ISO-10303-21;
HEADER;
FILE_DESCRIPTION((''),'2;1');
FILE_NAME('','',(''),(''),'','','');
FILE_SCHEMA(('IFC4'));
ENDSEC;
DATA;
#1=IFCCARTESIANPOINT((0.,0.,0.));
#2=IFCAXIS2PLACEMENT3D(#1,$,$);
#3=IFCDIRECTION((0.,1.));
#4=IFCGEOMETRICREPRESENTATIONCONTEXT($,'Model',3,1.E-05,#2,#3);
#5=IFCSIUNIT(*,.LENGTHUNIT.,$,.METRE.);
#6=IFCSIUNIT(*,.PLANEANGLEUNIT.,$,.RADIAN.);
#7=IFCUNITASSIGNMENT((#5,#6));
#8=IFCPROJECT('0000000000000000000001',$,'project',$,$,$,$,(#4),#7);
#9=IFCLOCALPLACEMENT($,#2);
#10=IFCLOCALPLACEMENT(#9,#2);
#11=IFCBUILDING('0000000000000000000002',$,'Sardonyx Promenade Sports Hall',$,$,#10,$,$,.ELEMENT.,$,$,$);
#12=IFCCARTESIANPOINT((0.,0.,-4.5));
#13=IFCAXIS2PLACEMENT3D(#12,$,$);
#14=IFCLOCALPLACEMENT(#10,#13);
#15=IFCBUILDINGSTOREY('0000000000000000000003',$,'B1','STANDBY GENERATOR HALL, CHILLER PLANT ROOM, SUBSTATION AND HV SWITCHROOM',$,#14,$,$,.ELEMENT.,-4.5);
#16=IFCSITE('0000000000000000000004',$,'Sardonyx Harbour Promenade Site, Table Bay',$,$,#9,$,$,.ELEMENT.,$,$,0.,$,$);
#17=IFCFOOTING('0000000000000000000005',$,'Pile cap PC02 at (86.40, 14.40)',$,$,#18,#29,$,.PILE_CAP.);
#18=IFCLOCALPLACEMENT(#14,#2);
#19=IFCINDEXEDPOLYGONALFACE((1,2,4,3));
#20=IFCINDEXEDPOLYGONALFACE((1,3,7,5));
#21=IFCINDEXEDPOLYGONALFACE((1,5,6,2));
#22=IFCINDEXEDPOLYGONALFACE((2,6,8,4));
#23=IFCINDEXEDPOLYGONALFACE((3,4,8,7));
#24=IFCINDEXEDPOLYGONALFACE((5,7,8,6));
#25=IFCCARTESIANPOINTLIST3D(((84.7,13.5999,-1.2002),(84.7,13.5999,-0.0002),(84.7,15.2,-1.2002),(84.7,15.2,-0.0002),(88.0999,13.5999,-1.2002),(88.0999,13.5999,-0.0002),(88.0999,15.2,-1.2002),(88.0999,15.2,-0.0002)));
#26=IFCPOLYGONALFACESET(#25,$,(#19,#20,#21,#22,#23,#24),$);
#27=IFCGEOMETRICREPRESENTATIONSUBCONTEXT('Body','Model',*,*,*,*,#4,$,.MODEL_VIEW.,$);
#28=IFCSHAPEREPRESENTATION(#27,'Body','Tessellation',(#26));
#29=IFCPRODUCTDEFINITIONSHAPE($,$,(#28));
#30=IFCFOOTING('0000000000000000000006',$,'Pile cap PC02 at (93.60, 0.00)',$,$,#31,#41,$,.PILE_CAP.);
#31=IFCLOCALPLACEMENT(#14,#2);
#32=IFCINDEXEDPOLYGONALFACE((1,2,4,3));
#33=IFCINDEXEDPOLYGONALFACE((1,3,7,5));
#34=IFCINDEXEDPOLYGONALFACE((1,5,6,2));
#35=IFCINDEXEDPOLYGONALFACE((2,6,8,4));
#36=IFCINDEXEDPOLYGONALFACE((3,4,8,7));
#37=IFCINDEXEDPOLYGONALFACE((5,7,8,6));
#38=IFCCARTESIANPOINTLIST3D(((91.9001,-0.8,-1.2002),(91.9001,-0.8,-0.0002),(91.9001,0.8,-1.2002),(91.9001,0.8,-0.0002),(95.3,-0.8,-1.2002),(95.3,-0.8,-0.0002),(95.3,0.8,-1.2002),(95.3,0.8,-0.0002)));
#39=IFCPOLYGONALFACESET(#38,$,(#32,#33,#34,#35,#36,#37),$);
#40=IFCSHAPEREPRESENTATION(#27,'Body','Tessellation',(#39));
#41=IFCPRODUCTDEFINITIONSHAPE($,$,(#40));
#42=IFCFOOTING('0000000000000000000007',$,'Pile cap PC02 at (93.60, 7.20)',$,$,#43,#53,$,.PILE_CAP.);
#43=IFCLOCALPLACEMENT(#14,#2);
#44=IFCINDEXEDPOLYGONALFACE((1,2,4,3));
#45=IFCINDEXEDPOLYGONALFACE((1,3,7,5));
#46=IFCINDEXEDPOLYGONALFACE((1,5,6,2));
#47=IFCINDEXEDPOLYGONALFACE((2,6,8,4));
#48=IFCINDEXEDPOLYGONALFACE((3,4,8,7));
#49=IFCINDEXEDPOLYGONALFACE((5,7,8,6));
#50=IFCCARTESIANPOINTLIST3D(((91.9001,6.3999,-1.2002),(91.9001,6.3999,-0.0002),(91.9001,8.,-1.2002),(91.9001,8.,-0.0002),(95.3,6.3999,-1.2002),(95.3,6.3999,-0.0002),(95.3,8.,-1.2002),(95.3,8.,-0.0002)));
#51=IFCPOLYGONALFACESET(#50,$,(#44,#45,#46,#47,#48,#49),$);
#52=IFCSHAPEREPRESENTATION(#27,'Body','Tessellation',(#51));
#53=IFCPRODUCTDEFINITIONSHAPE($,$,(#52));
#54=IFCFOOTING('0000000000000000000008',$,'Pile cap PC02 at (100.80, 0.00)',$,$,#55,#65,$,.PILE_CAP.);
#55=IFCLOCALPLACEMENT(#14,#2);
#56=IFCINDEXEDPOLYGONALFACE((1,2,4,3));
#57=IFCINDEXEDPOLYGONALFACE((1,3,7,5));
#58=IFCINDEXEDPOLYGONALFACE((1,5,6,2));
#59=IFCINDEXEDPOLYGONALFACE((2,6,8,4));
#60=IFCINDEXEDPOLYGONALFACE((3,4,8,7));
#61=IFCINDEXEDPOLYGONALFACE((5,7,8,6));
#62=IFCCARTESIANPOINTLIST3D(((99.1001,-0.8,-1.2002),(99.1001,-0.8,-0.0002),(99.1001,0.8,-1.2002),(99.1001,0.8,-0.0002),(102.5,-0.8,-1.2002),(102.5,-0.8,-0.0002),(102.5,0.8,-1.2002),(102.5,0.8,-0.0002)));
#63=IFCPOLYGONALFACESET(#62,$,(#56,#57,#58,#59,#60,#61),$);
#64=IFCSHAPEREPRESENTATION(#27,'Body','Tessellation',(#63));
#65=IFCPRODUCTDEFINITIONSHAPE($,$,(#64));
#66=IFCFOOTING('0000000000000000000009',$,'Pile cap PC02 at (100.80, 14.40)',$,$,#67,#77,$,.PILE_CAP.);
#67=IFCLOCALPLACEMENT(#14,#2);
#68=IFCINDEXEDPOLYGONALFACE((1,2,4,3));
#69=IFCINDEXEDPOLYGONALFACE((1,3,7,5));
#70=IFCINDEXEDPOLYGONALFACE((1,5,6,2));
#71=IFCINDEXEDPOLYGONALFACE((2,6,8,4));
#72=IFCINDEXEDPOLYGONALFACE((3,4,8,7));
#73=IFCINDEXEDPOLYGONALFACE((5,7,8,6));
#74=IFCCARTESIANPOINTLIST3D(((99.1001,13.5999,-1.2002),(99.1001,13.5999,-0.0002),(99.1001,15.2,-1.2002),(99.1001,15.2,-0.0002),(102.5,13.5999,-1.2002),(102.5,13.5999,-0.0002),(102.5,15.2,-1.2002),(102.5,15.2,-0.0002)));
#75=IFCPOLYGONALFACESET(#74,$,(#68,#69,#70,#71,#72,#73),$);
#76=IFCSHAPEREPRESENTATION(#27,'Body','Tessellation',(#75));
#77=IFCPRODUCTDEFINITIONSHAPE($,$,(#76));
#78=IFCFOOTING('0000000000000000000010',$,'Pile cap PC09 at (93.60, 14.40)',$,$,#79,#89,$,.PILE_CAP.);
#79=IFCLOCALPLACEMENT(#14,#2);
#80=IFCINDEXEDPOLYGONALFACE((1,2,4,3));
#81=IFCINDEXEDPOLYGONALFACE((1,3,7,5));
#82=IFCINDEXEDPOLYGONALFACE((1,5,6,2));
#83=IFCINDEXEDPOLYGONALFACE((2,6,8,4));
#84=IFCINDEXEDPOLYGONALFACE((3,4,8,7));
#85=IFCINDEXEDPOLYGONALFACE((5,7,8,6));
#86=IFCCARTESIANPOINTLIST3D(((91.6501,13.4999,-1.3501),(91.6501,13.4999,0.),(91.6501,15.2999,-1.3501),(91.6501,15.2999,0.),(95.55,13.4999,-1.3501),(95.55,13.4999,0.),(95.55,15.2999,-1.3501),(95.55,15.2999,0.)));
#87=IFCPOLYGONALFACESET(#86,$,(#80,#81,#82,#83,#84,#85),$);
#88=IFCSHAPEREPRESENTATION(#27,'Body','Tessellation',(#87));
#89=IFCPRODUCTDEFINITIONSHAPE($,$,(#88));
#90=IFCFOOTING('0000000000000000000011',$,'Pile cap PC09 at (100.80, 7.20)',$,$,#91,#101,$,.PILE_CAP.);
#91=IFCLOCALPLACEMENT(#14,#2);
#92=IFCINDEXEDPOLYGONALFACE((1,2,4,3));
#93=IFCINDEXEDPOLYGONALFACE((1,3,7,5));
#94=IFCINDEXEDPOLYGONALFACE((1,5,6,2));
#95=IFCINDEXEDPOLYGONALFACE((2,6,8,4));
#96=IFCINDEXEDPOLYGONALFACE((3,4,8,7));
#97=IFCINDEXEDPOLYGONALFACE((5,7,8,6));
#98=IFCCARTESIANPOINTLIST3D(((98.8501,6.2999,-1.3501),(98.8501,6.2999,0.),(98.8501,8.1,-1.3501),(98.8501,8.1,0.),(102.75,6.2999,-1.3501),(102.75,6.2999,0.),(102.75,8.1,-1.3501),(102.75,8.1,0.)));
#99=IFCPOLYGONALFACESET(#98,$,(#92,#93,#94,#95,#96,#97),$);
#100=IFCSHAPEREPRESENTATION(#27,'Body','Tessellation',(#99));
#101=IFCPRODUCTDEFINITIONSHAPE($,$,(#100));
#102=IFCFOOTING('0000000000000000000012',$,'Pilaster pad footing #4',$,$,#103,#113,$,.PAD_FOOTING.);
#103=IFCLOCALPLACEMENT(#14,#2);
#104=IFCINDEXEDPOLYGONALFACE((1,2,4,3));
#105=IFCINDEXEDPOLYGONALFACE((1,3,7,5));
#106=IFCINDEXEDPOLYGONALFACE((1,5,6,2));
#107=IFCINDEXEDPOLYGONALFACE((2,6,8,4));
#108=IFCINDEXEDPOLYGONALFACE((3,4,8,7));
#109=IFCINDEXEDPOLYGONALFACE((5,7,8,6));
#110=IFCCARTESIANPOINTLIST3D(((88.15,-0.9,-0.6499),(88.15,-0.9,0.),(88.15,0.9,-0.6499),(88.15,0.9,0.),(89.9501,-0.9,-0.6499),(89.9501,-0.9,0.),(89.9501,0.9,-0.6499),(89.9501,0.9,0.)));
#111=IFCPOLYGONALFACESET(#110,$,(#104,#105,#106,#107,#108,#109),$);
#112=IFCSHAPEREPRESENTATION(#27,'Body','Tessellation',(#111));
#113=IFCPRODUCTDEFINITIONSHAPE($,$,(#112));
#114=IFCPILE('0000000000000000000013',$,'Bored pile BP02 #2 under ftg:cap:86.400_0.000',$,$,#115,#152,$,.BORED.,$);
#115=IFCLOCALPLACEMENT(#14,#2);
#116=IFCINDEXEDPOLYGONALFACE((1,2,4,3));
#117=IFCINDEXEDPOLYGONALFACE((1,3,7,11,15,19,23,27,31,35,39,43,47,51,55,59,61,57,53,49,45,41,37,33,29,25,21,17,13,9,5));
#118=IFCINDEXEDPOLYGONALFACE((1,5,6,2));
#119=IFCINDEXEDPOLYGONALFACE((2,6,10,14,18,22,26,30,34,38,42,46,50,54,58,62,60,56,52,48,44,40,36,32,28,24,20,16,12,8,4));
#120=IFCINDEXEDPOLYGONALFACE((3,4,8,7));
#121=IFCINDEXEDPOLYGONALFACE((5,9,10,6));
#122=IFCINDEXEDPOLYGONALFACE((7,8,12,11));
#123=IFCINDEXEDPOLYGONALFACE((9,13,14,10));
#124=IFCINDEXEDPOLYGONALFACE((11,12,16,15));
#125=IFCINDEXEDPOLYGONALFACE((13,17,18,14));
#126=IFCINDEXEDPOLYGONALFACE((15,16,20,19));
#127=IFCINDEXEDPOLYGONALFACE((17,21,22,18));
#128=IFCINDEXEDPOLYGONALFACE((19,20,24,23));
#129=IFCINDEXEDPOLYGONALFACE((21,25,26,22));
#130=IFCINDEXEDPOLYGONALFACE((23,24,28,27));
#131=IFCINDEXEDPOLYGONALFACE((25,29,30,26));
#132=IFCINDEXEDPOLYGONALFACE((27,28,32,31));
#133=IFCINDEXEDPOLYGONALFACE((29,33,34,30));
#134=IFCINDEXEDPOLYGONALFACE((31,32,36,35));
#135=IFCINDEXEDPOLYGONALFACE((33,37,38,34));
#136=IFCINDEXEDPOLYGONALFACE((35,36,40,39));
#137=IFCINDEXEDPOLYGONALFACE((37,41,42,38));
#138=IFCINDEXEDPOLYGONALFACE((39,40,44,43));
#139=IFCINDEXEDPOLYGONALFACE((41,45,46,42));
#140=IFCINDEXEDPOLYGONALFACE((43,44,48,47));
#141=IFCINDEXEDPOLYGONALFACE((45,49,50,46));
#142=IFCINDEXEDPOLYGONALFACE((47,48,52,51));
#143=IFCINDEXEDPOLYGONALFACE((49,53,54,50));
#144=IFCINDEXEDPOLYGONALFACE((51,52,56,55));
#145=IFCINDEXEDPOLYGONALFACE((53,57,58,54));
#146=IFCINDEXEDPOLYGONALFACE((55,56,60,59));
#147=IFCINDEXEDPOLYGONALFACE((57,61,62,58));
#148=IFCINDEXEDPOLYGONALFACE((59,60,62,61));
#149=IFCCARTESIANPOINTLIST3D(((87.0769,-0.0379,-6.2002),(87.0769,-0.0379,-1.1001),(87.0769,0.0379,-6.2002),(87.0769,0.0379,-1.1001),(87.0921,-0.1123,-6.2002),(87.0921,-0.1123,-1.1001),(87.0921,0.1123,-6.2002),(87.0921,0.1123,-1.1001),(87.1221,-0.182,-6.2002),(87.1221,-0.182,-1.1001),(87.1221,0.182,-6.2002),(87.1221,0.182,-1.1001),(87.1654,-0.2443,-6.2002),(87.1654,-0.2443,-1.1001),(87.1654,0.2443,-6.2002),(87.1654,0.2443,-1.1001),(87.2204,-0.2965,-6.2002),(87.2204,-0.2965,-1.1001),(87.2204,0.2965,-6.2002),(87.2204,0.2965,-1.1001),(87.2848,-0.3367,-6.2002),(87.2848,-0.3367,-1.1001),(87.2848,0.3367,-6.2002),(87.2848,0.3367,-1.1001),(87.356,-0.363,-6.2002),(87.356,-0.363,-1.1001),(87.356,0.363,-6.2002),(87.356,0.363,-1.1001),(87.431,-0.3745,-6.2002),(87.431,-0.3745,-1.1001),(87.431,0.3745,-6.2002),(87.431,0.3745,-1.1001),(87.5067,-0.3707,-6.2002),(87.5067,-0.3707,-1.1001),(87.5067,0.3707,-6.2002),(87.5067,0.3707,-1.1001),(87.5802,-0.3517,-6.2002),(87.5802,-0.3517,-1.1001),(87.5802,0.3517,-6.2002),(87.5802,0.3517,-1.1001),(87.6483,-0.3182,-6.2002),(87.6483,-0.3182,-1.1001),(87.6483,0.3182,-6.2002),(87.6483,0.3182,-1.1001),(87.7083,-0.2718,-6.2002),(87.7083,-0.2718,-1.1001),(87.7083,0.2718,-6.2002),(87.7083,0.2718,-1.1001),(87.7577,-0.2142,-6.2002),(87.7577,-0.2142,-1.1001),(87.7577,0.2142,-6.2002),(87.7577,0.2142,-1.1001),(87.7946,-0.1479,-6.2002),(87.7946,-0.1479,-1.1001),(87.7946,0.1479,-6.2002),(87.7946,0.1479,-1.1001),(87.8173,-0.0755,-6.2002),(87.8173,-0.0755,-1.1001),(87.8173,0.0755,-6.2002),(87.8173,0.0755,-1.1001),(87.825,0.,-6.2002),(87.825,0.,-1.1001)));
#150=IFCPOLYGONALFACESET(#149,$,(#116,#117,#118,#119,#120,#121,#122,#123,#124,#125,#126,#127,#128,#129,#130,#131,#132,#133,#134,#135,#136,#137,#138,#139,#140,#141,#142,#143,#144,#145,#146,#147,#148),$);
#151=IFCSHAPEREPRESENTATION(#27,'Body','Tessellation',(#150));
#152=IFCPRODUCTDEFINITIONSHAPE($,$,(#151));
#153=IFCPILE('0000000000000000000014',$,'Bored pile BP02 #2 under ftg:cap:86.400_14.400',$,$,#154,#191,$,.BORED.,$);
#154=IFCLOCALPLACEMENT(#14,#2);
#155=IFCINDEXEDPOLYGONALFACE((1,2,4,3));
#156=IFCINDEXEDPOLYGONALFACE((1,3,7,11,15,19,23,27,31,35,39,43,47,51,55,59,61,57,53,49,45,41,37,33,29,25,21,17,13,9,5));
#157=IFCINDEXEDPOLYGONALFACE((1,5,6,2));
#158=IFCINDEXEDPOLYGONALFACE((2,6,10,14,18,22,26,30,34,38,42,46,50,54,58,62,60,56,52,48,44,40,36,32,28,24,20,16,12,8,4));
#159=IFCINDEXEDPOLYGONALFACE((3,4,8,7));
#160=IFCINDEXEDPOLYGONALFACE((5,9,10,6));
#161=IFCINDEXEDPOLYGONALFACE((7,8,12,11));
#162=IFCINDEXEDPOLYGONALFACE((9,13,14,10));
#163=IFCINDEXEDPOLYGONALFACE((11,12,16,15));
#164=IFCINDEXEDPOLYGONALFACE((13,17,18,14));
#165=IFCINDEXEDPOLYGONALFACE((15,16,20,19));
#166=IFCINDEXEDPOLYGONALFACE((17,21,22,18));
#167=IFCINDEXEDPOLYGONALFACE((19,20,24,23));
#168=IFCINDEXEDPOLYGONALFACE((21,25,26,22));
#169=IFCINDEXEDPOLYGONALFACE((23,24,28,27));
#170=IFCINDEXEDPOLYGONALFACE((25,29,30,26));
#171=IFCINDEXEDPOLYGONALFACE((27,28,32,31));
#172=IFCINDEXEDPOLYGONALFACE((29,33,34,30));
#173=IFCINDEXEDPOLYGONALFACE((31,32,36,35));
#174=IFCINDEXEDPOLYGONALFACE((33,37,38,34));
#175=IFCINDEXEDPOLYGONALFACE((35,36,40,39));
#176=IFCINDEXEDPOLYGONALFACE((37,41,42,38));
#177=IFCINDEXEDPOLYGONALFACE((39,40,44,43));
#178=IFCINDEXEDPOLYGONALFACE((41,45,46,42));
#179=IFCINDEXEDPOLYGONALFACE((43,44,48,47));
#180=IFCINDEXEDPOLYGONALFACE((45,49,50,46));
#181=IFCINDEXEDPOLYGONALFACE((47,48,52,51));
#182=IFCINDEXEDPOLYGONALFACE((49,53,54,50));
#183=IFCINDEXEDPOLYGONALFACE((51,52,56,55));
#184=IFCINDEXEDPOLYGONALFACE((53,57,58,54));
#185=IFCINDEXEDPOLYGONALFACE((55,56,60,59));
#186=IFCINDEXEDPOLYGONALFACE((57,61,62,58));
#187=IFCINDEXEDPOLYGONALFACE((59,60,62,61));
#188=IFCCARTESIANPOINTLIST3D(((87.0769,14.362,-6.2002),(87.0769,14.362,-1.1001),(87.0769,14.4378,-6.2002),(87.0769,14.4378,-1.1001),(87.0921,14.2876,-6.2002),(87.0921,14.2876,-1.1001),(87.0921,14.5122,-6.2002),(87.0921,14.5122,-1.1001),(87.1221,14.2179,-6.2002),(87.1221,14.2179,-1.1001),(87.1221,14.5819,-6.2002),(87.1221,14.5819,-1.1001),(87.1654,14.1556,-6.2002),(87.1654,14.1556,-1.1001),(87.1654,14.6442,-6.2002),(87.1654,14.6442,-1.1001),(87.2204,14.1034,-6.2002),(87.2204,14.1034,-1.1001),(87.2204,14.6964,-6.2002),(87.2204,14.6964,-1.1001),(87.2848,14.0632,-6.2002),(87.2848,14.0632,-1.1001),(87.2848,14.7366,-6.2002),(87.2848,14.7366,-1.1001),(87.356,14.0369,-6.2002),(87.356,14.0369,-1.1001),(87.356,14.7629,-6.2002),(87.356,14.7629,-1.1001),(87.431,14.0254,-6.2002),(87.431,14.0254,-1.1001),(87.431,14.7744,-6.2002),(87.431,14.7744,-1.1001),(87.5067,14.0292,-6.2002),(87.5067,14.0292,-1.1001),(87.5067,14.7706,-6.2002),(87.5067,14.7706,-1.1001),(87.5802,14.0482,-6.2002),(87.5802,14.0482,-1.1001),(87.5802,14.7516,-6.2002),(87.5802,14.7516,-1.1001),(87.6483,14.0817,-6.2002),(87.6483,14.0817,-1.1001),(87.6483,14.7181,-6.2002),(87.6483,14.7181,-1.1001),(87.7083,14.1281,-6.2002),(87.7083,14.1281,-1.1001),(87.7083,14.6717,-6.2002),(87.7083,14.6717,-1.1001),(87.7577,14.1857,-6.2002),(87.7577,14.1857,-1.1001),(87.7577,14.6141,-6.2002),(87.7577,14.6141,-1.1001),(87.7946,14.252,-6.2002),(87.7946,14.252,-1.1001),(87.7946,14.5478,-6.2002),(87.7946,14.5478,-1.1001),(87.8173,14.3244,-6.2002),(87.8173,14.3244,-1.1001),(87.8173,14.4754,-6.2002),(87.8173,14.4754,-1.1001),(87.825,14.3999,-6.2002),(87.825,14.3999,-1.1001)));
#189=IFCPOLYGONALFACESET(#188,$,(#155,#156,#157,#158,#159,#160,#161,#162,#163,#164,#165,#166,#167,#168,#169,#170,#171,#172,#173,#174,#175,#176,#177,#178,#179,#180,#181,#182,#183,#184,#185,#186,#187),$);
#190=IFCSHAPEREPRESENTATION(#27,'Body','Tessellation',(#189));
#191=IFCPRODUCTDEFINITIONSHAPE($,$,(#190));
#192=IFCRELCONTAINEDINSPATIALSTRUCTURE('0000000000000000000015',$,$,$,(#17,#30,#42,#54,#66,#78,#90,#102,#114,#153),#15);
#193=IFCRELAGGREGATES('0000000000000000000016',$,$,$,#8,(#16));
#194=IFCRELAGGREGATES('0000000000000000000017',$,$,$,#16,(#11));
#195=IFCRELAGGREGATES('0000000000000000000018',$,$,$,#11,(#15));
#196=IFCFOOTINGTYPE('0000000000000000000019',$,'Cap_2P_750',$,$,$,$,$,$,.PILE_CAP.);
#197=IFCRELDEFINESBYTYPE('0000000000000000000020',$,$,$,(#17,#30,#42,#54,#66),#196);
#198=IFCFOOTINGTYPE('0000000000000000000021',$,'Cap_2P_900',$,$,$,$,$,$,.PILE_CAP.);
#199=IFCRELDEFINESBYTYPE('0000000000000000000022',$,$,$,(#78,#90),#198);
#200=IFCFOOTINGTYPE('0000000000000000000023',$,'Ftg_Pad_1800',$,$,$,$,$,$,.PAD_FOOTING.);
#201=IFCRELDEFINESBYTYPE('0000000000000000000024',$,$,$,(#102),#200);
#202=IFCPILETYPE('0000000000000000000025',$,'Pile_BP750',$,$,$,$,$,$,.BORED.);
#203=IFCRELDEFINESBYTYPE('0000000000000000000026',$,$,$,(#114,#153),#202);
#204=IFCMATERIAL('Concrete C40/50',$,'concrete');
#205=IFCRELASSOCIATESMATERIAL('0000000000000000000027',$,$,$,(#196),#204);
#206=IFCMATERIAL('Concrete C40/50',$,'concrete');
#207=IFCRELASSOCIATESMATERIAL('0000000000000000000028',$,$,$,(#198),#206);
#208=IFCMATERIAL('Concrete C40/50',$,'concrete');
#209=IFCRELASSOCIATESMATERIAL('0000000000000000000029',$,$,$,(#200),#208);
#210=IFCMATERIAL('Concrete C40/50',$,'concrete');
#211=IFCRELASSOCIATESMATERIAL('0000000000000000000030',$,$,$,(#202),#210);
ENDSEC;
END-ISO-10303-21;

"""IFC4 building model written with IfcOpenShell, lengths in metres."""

from ifc_helpers import new_model, si_unit, direction, frame, origin, origin_2d, place, context, subcontext, project, spatial, rectangle, circle, extrude, material, material_profile, profile_set, type_object, element, save


model = new_model("IFC4")

# Units and contexts
model_context = context("Model", 3, precision=1e-05, world=origin(), true_north=direction((0.0, 1.0)))
body_context = subcontext(model_context, "Body", "Model", "MODEL_VIEW")
ifc_project = project(units=[si_unit("LENGTHUNIT", "METRE"), si_unit("PLANEANGLEUNIT", "RADIAN")], contexts=[model_context])

# Site, building, storey
site_placement = place(None, origin())
site = spatial("IfcSite", under=ifc_project, at=site_placement, Name="Sardonyx Harbour Promenade Site, Table Bay", CompositionType="ELEMENT", RefElevation=0.0)
building_placement = place(site_placement, origin())
building = spatial("IfcBuilding", under=site, at=building_placement, Name="Sardonyx Promenade Sports Hall", CompositionType="ELEMENT")
storey_placement = place(building_placement, frame((0.0, 0.0, -4.5)))
storey = spatial("IfcBuildingStorey", under=building, at=storey_placement, Name="B1", Description="STANDBY GENERATOR HALL, CHILLER PLANT ROOM, SUBSTATION AND HV SWITCHROOM", CompositionType="ELEMENT", Elevation=-4.5)

# Footings
ifc_material_1 = material(Name="Concrete C40/50", Category="concrete")
footing_type_1 = type_object("IfcFootingType", Name="Cap_2P_750", PredefinedType="PILE_CAP", material=ifc_material_1)
for number, where, z_axis, x_axis, name in (
    (1, (86.3999, 14.3999, -1.2002), (0.0, 0.0, 1.0), (1.0, 0.0, 0.0), "Pile cap PC02 at (86.40, 14.40)"),
    (2, (93.6001, 0.0, -1.2002), (0.0, 0.0, 1.0), (1.0, 0.0, 0.0), "Pile cap PC02 at (93.60, 0.00)"),
    (3, (93.6001, 7.2, -1.2002), (0.0, 0.0, 1.0), (1.0, 0.0, 0.0), "Pile cap PC02 at (93.60, 7.20)"),
    (4, (100.8, 0.0, -1.2002), (0.0, 0.0, 1.0), (1.0, 0.0, 0.0), "Pile cap PC02 at (100.80, 0.00)"),
    (5, (100.8, 14.3999, -1.2002), (0.0, 0.0, 1.0), (1.0, 0.0, 0.0), "Pile cap PC02 at (100.80, 14.40)"),
):
    element("IfcFooting", number, at=place(storey_placement, frame(where, z_axis=z_axis, x_axis=x_axis)), inside=storey, type_object=footing_type_1, Name=name, PredefinedType="PILE_CAP", context=body_context, shape_type="SweptSolid", body=[
        extrude(rectangle(XDim=3.3999, YDim=1.6001, at=origin_2d()), origin(), (0.0, 0.0, 1.0), 1.2),
    ])
ifc_material_2 = material(Name="Concrete C40/50", Category="concrete")
footing_type_2 = type_object("IfcFootingType", Name="Cap_2P_900", PredefinedType="PILE_CAP", material=ifc_material_2)
for number, where, z_axis, x_axis, name in (
    (6, (93.6001, 14.3999, -1.3501), (0.0, 0.0, 1.0), (1.0, 0.0, 0.0), "Pile cap PC09 at (93.60, 14.40)"),
    (7, (100.8, 7.2, -1.3501), (0.0, 0.0, 1.0), (1.0, 0.0, 0.0), "Pile cap PC09 at (100.80, 7.20)"),
):
    element("IfcFooting", number, at=place(storey_placement, frame(where, z_axis=z_axis, x_axis=x_axis)), inside=storey, type_object=footing_type_2, Name=name, PredefinedType="PILE_CAP", context=body_context, shape_type="SweptSolid", body=[
        extrude(rectangle(XDim=3.8999, YDim=1.8, at=origin_2d()), origin(), (0.0, 0.0, 1.0), 1.3501),
    ])
ifc_material_3 = material(Name="Concrete C40/50", Category="concrete")
footing_type_3 = type_object("IfcFootingType", Name="Ftg_Pad_1800", PredefinedType="PAD_FOOTING", material=ifc_material_3)
footing_placement = place(storey_placement, frame((89.05, 0.0, -0.6499), z_axis=(0.0, 0.0, 1.0), x_axis=(1.0, 0.0, 0.0)))
element("IfcFooting", 8, at=footing_placement, inside=storey, type_object=footing_type_3, Name="Pilaster pad footing #4", PredefinedType="PAD_FOOTING", context=body_context, shape_type="SweptSolid", body=[
    extrude(rectangle(XDim=1.8, YDim=1.8, at=origin_2d()), origin(), (0.0, 0.0, 1.0), 0.6499),
])

# Piles
ifc_material_4 = material(Name="Concrete C40/50", Category="concrete")
ifc_material_profile_1 = material_profile(ifc_material_4, circle(Radius=0.375, at=origin_2d()))
ifc_profile_set_1 = profile_set([ifc_material_profile_1], Name="Concrete C40/50")
pile_type_1 = type_object("IfcPileType", Name="Pile_BP750", PredefinedType="BORED", material=ifc_profile_set_1)
for number, where, z_axis, x_axis, name in (
    (9, (87.45, 0.0, -1.1001), (0.0, 0.0, -1.0), (1.0, 0.0, 0.0), "Bored pile BP02 #2 under ftg:cap:86.400_0.000"),
    (10, (87.45, 14.3999, -1.1001), (0.0, 0.0, -1.0), (1.0, 0.0, 0.0), "Bored pile BP02 #2 under ftg:cap:86.400_14.400"),
):
    element("IfcPile", number, at=place(storey_placement, frame(where, z_axis=z_axis, x_axis=x_axis)), inside=storey, type_object=pile_type_1, Name=name, PredefinedType="BORED", context=body_context, shape_type="SweptSolid", body=[
        extrude(circle(Radius=0.375, at=origin_2d()), origin(), (0.0, 0.0, 1.0), 5.1001),
    ])

save(model, "model.ifc")
